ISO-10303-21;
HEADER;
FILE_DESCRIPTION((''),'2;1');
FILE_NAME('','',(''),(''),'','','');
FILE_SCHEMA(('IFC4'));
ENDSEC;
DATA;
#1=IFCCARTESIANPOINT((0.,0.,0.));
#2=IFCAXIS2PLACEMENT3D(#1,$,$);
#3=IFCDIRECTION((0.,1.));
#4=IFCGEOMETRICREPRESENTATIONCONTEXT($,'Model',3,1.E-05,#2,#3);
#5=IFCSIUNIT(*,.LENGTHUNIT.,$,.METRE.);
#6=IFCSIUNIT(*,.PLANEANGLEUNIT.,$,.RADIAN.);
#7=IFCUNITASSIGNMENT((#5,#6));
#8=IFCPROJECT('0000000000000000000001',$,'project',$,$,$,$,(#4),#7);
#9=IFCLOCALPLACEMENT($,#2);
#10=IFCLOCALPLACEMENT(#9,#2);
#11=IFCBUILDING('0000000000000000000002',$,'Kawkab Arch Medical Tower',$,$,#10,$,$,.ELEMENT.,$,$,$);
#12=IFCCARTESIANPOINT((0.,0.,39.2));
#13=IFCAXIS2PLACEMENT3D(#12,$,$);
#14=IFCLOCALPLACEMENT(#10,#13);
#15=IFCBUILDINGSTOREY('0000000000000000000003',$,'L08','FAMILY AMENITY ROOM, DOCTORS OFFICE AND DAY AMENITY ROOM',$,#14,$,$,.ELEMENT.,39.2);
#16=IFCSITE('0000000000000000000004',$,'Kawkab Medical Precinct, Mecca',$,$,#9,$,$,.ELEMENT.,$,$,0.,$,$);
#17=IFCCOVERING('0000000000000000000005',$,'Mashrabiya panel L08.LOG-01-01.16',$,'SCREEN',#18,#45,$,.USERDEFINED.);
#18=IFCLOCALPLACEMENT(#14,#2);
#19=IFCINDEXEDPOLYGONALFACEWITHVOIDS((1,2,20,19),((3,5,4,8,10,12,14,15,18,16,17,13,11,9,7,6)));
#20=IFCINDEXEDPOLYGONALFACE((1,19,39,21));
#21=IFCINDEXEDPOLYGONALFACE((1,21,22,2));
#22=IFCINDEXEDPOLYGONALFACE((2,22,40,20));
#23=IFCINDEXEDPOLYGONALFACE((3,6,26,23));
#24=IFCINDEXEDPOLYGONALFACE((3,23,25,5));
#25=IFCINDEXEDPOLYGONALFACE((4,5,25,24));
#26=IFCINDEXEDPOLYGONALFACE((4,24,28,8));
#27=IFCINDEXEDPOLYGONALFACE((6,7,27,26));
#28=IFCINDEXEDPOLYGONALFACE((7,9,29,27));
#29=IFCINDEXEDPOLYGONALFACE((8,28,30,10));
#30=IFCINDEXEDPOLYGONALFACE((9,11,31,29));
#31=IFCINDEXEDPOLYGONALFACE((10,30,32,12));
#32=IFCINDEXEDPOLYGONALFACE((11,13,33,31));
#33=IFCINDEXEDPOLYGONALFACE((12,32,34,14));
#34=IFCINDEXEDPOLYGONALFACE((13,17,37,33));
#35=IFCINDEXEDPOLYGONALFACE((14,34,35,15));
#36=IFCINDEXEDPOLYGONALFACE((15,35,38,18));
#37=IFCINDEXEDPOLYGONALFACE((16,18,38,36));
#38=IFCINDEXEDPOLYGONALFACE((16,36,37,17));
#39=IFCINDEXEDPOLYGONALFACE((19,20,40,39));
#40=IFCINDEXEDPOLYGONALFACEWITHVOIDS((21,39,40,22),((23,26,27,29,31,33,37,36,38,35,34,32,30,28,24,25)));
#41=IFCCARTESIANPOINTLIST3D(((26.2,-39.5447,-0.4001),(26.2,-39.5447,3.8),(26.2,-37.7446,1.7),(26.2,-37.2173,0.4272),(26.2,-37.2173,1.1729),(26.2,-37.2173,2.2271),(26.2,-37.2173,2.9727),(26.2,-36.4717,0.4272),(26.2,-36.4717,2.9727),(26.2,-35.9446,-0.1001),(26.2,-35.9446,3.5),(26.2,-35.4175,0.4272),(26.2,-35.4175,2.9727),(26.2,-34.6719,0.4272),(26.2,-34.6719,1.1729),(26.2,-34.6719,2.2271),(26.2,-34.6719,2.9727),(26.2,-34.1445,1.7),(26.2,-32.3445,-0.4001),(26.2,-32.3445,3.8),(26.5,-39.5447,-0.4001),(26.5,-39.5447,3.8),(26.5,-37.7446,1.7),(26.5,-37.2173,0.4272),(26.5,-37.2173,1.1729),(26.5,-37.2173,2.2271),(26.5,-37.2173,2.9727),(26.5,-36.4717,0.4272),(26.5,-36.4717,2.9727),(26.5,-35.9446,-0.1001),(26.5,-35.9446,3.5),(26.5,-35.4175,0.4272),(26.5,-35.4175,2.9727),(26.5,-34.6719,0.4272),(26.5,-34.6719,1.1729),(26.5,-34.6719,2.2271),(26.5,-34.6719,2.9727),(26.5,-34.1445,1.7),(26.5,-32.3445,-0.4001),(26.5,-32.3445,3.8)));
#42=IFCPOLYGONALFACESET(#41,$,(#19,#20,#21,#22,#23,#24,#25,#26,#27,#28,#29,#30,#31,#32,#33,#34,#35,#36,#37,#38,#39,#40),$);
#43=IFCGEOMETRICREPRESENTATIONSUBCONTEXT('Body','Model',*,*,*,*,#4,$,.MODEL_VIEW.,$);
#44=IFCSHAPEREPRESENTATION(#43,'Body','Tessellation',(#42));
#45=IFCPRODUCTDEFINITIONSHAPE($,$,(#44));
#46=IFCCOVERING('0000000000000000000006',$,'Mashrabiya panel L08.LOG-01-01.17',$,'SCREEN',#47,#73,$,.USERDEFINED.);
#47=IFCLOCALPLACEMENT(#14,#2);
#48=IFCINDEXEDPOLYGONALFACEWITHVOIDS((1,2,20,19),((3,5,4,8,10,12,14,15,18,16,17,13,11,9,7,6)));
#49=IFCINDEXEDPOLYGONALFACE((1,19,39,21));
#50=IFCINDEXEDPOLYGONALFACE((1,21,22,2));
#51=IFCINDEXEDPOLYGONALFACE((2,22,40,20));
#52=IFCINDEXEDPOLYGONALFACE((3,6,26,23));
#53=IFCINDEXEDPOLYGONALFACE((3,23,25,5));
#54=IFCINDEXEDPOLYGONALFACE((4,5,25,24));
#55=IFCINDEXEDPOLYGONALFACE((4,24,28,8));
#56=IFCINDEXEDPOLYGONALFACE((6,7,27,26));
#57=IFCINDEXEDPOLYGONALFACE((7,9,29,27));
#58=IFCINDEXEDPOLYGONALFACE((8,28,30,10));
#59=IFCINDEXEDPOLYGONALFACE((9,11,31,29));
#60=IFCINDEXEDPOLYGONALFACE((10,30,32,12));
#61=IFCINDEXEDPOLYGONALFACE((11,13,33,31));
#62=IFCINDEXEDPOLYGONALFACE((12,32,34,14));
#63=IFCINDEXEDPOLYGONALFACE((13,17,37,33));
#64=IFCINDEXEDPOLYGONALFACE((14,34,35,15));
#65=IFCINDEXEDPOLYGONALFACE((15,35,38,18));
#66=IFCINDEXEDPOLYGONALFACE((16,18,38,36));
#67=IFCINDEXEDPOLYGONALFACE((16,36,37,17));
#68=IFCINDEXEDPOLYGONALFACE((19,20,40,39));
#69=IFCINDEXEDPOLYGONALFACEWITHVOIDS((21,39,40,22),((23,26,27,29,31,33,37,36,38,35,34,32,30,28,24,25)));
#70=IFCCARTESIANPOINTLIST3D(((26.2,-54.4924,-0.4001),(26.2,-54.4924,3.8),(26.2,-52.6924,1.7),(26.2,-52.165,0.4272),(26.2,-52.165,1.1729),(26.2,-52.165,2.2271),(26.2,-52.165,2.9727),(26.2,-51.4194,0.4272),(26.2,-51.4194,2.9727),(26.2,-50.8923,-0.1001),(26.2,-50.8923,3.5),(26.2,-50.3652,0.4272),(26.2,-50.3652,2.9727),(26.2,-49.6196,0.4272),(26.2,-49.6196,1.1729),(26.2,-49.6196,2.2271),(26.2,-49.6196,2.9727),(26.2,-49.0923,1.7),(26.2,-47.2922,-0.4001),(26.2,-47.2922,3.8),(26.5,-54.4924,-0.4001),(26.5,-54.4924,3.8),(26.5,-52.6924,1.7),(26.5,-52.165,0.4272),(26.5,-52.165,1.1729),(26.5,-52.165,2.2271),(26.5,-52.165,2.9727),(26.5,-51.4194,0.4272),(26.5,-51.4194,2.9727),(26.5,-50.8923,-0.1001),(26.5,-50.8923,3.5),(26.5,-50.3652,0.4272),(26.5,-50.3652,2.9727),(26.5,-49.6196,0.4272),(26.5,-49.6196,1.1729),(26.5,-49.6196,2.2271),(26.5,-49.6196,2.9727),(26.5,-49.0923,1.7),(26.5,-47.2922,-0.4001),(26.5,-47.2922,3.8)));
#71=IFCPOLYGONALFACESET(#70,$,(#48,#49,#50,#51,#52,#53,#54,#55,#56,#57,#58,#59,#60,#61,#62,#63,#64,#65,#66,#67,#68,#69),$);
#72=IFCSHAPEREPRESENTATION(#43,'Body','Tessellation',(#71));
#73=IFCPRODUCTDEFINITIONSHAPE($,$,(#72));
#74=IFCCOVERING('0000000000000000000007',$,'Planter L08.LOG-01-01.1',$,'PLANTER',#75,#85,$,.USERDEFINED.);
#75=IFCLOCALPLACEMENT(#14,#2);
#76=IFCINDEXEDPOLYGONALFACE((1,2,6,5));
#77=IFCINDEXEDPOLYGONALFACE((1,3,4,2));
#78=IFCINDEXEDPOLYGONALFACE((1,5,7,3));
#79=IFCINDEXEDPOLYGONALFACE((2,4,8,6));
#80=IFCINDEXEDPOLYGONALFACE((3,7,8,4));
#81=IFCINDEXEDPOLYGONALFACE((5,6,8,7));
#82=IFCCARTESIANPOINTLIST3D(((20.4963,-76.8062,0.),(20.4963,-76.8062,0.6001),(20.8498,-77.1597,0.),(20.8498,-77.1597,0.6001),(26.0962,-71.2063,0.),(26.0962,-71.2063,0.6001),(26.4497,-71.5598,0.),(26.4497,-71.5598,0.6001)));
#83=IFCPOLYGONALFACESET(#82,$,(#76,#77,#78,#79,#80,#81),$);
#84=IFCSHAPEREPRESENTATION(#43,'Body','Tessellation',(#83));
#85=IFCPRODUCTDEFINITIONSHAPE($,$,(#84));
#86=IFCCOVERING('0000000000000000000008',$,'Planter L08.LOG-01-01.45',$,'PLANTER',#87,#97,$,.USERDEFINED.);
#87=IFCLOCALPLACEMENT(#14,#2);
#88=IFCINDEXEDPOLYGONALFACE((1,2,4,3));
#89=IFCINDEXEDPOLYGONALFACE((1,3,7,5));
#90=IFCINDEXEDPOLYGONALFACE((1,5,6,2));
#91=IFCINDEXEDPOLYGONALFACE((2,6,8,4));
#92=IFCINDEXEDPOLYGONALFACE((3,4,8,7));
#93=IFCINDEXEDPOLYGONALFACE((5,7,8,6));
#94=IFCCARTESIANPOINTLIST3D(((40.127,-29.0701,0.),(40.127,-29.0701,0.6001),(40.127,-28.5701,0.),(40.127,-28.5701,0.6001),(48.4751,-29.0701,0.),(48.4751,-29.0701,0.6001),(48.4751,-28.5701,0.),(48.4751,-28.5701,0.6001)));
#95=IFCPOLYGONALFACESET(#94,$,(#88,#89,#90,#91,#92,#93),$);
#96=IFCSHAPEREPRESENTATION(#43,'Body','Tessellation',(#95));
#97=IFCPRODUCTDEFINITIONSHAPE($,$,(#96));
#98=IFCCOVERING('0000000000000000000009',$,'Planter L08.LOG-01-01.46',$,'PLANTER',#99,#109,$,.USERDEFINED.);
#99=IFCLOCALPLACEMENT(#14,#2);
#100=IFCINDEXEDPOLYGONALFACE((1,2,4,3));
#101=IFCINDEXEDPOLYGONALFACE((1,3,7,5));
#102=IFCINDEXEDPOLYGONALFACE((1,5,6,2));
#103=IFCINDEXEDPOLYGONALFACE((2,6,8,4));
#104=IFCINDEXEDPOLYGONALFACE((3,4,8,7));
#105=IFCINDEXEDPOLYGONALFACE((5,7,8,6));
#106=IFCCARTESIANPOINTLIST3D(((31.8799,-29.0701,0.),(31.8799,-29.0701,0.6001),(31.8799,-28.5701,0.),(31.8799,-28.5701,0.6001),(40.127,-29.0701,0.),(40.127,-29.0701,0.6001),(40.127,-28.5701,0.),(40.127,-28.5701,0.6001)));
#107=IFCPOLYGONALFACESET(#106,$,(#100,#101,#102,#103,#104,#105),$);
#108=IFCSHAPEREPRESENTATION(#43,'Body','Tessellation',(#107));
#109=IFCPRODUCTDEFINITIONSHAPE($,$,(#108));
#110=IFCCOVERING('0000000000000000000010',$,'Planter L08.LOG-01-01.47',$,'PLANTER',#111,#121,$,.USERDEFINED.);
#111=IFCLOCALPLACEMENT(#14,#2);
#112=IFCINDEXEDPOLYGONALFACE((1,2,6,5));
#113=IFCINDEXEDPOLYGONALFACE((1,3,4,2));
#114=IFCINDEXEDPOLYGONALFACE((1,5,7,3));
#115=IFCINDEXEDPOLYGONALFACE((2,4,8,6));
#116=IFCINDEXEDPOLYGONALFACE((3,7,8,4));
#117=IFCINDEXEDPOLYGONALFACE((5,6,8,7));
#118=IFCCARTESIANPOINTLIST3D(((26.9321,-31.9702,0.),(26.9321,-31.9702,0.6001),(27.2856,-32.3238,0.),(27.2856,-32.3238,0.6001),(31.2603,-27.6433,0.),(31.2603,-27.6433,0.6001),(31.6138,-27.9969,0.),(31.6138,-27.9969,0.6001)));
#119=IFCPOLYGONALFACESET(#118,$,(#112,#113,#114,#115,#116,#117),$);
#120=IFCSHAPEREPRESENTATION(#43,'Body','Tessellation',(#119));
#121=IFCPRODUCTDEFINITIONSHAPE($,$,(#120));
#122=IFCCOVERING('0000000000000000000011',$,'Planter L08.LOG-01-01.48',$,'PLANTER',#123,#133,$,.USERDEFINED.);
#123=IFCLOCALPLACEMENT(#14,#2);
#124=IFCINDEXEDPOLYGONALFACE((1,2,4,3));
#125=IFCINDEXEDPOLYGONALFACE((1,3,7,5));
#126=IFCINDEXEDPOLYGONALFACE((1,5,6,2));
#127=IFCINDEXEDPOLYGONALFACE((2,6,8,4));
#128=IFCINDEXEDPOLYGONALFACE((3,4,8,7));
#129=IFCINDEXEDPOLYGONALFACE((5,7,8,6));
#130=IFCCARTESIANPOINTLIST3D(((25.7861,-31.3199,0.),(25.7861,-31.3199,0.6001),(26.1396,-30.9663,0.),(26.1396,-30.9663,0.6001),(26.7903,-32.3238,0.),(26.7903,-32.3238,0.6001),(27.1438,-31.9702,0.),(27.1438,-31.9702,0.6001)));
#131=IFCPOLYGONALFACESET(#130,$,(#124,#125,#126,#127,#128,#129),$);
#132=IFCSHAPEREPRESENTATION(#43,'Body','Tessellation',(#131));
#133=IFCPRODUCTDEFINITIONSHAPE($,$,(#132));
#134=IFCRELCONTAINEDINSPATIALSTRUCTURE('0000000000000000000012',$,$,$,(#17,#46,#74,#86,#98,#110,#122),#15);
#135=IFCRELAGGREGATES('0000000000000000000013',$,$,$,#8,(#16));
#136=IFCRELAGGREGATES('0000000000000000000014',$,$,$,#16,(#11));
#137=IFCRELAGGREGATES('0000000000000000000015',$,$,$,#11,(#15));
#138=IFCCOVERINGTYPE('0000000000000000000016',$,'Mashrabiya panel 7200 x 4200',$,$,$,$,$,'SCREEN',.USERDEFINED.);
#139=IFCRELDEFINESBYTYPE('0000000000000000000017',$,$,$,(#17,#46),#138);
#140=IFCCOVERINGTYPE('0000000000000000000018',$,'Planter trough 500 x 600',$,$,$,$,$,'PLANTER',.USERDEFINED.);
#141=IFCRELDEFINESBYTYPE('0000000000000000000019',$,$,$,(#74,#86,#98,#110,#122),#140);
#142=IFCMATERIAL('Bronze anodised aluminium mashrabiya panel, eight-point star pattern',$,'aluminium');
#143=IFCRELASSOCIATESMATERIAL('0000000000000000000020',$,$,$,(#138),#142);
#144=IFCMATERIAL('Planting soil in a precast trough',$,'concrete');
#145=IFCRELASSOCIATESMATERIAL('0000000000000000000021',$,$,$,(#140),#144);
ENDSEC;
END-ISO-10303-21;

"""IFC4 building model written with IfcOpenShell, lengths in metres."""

from ifc_helpers import new_model, si_unit, direction, frame, origin, origin_2d, place, context, subcontext, project, spatial, polyline, rectangle, outline, extrude, material, material_profile, profile_set, type_object, element, save


model = new_model("IFC4")

# Units and contexts
model_context = context("Model", 3, precision=1e-05, world=origin(), true_north=direction((0.0, 1.0)))
body_context = subcontext(model_context, "Body", "Model", "MODEL_VIEW")
ifc_project = project(units=[si_unit("LENGTHUNIT", "METRE"), si_unit("PLANEANGLEUNIT", "RADIAN")], contexts=[model_context])

# Site, building, storey
site_placement = place(None, origin())
site = spatial("IfcSite", under=ifc_project, at=site_placement, Name="Kawkab Medical Precinct, Mecca", CompositionType="ELEMENT", RefElevation=0.0)
building_placement = place(site_placement, origin())
building = spatial("IfcBuilding", under=site, at=building_placement, Name="Kawkab Arch Medical Tower", CompositionType="ELEMENT")
storey_placement = place(building_placement, frame((0.0, 0.0, 39.2)))
storey = spatial("IfcBuildingStorey", under=building, at=storey_placement, Name="L08", Description="FAMILY AMENITY ROOM, DOCTORS OFFICE AND DAY AMENITY ROOM", CompositionType="ELEMENT", Elevation=39.2)

# Coverings
ifc_material_1 = material(Name="Bronze anodised aluminium mashrabiya panel, eight-point star pattern", Category="aluminium")
ifc_material_profile_1 = material_profile(ifc_material_1, outline(polyline([(-3.6001, -2.1001), (3.6001, -2.1001), (3.6001, 2.1001), (-3.6001, 2.1001), (-3.6001, -2.1001)]), holes=[polyline([(1.8, 0.0), (1.2727, 0.5271), (1.2727, 1.2727), (0.5271, 1.2727), (0.0, 1.8), (-0.5271, 1.2727), (-1.2727, 1.2727), (-1.2727, 0.5271), (-1.8, 0.0), (-1.2727, -0.5271), (-1.2727, -1.2727), (-0.5271, -1.2727), (0.0, -1.8), (0.5271, -1.2727), (1.2727, -1.2727), (1.2727, -0.5271), (1.8, 0.0)])]), Name="Mashrabiya panel 7200x4200")
ifc_profile_set_1 = profile_set([ifc_material_profile_1], Name="Bronze anodised aluminium mashrabiya panel, eight-point star pattern")
covering_type_1 = type_object("IfcCoveringType", Name="Mashrabiya panel 7200 x 4200", ElementType="SCREEN", PredefinedType="USERDEFINED", material=ifc_profile_set_1)
for number, where, z_axis, x_axis, name in (
    (1, (26.2, -35.9446, 1.7), (1.0, 0.0, 0.0), (0.0, 1.0, 0.0), "Mashrabiya panel L08.LOG-01-01.16"),
    (2, (26.2, -50.8923, 1.7), (1.0, 0.0, 0.0), (0.0, 1.0, 0.0), "Mashrabiya panel L08.LOG-01-01.17"),
):
    element("IfcCovering", number, at=place(storey_placement, frame(where, z_axis=z_axis, x_axis=x_axis)), inside=storey, type_object=covering_type_1, Name=name, ObjectType="SCREEN", PredefinedType="USERDEFINED", context=body_context, shape_type="SweptSolid", body=[
        extrude(outline(polyline([(-3.6001, -2.1001), (3.6001, -2.1001), (3.6001, 2.1001), (-3.6001, 2.1001), (-3.6001, -2.1001)]), holes=[polyline([(1.8, 0.0), (1.2727, 0.5271), (1.2727, 1.2727), (0.5271, 1.2727), (0.0, 1.8), (-0.5271, 1.2727), (-1.2727, 1.2727), (-1.2727, 0.5271), (-1.8, 0.0), (-1.2727, -0.5271), (-1.2727, -1.2727), (-0.5271, -1.2727), (0.0, -1.8), (0.5271, -1.2727), (1.2727, -1.2727), (1.2727, -0.5271), (1.8, 0.0)])]), origin(), (0.0, 0.0, 1.0), 0.3),
    ])
ifc_material_2 = material(Name="Planting soil in a precast trough", Category="concrete")
ifc_material_profile_2 = material_profile(ifc_material_2, rectangle(XDim=0.5, YDim=0.6001, at=origin_2d()), Name="Trough 500x600")
ifc_profile_set_2 = profile_set([ifc_material_profile_2], Name="Planting soil in a precast trough")
covering_type_2 = type_object("IfcCoveringType", Name="Planter trough 500 x 600", ElementType="PLANTER", PredefinedType="USERDEFINED", material=ifc_profile_set_2)
covering_1_placement = place(storey_placement, frame((26.2729, -71.3831, 0.3), z_axis=(-0.707107, -0.707107, 0.0), x_axis=(0.707107, -0.707107, 0.0)))
element("IfcCovering", 3, at=covering_1_placement, inside=storey, type_object=covering_type_2, Name="Planter L08.LOG-01-01.1", ObjectType="PLANTER", PredefinedType="USERDEFINED", context=body_context, shape_type="SweptSolid", body=[
    extrude(rectangle(XDim=0.5, YDim=0.6001, at=origin_2d()), origin(), (0.0, 0.0, 1.0), 7.9194),
])
covering_2_placement = place(storey_placement, frame((48.4751, -28.8201, 0.3), z_axis=(-1.0, 0.0, 0.0), x_axis=(0.0, -1.0, 0.0)))
element("IfcCovering", 4, at=covering_2_placement, inside=storey, type_object=covering_type_2, Name="Planter L08.LOG-01-01.45", ObjectType="PLANTER", PredefinedType="USERDEFINED", context=body_context, shape_type="SweptSolid", body=[
    extrude(rectangle(XDim=0.5, YDim=0.6001, at=origin_2d()), origin(), (0.0, 0.0, 1.0), 8.3481),
])
covering_3_placement = place(storey_placement, frame((40.127, -28.8201, 0.3), z_axis=(-1.0, 0.0, 0.0), x_axis=(0.0, -1.0, 0.0)))
element("IfcCovering", 5, at=covering_3_placement, inside=storey, type_object=covering_type_2, Name="Planter L08.LOG-01-01.46", ObjectType="PLANTER", PredefinedType="USERDEFINED", context=body_context, shape_type="SweptSolid", body=[
    extrude(rectangle(XDim=0.5, YDim=0.6001, at=origin_2d()), origin(), (0.0, 0.0, 1.0), 8.2471),
])
covering_4_placement = place(storey_placement, frame((31.437, -27.8201, 0.3), z_axis=(-0.707207, -0.707007, 0.0), x_axis=(0.707007, -0.707207, 0.0)))
element("IfcCovering", 6, at=covering_4_placement, inside=storey, type_object=covering_type_2, Name="Planter L08.LOG-01-01.47", ObjectType="PLANTER", PredefinedType="USERDEFINED", context=body_context, shape_type="SweptSolid", body=[
    extrude(rectangle(XDim=0.5, YDim=0.6001, at=origin_2d()), origin(), (0.0, 0.0, 1.0), 6.1201),
])
covering_5_placement = place(storey_placement, frame((26.967, -32.147, 0.3), z_axis=(-0.707193, 0.707021, 0.0), x_axis=(-0.707021, -0.707193, 0.0)))
element("IfcCovering", 7, at=covering_5_placement, inside=storey, type_object=covering_type_2, Name="Planter L08.LOG-01-01.48", ObjectType="PLANTER", PredefinedType="USERDEFINED", context=body_context, shape_type="SweptSolid", body=[
    extrude(rectangle(XDim=0.5, YDim=0.6001, at=origin_2d()), origin(), (0.0, 0.0, 1.0), 1.4199),
])

save(model, "model.ifc")
